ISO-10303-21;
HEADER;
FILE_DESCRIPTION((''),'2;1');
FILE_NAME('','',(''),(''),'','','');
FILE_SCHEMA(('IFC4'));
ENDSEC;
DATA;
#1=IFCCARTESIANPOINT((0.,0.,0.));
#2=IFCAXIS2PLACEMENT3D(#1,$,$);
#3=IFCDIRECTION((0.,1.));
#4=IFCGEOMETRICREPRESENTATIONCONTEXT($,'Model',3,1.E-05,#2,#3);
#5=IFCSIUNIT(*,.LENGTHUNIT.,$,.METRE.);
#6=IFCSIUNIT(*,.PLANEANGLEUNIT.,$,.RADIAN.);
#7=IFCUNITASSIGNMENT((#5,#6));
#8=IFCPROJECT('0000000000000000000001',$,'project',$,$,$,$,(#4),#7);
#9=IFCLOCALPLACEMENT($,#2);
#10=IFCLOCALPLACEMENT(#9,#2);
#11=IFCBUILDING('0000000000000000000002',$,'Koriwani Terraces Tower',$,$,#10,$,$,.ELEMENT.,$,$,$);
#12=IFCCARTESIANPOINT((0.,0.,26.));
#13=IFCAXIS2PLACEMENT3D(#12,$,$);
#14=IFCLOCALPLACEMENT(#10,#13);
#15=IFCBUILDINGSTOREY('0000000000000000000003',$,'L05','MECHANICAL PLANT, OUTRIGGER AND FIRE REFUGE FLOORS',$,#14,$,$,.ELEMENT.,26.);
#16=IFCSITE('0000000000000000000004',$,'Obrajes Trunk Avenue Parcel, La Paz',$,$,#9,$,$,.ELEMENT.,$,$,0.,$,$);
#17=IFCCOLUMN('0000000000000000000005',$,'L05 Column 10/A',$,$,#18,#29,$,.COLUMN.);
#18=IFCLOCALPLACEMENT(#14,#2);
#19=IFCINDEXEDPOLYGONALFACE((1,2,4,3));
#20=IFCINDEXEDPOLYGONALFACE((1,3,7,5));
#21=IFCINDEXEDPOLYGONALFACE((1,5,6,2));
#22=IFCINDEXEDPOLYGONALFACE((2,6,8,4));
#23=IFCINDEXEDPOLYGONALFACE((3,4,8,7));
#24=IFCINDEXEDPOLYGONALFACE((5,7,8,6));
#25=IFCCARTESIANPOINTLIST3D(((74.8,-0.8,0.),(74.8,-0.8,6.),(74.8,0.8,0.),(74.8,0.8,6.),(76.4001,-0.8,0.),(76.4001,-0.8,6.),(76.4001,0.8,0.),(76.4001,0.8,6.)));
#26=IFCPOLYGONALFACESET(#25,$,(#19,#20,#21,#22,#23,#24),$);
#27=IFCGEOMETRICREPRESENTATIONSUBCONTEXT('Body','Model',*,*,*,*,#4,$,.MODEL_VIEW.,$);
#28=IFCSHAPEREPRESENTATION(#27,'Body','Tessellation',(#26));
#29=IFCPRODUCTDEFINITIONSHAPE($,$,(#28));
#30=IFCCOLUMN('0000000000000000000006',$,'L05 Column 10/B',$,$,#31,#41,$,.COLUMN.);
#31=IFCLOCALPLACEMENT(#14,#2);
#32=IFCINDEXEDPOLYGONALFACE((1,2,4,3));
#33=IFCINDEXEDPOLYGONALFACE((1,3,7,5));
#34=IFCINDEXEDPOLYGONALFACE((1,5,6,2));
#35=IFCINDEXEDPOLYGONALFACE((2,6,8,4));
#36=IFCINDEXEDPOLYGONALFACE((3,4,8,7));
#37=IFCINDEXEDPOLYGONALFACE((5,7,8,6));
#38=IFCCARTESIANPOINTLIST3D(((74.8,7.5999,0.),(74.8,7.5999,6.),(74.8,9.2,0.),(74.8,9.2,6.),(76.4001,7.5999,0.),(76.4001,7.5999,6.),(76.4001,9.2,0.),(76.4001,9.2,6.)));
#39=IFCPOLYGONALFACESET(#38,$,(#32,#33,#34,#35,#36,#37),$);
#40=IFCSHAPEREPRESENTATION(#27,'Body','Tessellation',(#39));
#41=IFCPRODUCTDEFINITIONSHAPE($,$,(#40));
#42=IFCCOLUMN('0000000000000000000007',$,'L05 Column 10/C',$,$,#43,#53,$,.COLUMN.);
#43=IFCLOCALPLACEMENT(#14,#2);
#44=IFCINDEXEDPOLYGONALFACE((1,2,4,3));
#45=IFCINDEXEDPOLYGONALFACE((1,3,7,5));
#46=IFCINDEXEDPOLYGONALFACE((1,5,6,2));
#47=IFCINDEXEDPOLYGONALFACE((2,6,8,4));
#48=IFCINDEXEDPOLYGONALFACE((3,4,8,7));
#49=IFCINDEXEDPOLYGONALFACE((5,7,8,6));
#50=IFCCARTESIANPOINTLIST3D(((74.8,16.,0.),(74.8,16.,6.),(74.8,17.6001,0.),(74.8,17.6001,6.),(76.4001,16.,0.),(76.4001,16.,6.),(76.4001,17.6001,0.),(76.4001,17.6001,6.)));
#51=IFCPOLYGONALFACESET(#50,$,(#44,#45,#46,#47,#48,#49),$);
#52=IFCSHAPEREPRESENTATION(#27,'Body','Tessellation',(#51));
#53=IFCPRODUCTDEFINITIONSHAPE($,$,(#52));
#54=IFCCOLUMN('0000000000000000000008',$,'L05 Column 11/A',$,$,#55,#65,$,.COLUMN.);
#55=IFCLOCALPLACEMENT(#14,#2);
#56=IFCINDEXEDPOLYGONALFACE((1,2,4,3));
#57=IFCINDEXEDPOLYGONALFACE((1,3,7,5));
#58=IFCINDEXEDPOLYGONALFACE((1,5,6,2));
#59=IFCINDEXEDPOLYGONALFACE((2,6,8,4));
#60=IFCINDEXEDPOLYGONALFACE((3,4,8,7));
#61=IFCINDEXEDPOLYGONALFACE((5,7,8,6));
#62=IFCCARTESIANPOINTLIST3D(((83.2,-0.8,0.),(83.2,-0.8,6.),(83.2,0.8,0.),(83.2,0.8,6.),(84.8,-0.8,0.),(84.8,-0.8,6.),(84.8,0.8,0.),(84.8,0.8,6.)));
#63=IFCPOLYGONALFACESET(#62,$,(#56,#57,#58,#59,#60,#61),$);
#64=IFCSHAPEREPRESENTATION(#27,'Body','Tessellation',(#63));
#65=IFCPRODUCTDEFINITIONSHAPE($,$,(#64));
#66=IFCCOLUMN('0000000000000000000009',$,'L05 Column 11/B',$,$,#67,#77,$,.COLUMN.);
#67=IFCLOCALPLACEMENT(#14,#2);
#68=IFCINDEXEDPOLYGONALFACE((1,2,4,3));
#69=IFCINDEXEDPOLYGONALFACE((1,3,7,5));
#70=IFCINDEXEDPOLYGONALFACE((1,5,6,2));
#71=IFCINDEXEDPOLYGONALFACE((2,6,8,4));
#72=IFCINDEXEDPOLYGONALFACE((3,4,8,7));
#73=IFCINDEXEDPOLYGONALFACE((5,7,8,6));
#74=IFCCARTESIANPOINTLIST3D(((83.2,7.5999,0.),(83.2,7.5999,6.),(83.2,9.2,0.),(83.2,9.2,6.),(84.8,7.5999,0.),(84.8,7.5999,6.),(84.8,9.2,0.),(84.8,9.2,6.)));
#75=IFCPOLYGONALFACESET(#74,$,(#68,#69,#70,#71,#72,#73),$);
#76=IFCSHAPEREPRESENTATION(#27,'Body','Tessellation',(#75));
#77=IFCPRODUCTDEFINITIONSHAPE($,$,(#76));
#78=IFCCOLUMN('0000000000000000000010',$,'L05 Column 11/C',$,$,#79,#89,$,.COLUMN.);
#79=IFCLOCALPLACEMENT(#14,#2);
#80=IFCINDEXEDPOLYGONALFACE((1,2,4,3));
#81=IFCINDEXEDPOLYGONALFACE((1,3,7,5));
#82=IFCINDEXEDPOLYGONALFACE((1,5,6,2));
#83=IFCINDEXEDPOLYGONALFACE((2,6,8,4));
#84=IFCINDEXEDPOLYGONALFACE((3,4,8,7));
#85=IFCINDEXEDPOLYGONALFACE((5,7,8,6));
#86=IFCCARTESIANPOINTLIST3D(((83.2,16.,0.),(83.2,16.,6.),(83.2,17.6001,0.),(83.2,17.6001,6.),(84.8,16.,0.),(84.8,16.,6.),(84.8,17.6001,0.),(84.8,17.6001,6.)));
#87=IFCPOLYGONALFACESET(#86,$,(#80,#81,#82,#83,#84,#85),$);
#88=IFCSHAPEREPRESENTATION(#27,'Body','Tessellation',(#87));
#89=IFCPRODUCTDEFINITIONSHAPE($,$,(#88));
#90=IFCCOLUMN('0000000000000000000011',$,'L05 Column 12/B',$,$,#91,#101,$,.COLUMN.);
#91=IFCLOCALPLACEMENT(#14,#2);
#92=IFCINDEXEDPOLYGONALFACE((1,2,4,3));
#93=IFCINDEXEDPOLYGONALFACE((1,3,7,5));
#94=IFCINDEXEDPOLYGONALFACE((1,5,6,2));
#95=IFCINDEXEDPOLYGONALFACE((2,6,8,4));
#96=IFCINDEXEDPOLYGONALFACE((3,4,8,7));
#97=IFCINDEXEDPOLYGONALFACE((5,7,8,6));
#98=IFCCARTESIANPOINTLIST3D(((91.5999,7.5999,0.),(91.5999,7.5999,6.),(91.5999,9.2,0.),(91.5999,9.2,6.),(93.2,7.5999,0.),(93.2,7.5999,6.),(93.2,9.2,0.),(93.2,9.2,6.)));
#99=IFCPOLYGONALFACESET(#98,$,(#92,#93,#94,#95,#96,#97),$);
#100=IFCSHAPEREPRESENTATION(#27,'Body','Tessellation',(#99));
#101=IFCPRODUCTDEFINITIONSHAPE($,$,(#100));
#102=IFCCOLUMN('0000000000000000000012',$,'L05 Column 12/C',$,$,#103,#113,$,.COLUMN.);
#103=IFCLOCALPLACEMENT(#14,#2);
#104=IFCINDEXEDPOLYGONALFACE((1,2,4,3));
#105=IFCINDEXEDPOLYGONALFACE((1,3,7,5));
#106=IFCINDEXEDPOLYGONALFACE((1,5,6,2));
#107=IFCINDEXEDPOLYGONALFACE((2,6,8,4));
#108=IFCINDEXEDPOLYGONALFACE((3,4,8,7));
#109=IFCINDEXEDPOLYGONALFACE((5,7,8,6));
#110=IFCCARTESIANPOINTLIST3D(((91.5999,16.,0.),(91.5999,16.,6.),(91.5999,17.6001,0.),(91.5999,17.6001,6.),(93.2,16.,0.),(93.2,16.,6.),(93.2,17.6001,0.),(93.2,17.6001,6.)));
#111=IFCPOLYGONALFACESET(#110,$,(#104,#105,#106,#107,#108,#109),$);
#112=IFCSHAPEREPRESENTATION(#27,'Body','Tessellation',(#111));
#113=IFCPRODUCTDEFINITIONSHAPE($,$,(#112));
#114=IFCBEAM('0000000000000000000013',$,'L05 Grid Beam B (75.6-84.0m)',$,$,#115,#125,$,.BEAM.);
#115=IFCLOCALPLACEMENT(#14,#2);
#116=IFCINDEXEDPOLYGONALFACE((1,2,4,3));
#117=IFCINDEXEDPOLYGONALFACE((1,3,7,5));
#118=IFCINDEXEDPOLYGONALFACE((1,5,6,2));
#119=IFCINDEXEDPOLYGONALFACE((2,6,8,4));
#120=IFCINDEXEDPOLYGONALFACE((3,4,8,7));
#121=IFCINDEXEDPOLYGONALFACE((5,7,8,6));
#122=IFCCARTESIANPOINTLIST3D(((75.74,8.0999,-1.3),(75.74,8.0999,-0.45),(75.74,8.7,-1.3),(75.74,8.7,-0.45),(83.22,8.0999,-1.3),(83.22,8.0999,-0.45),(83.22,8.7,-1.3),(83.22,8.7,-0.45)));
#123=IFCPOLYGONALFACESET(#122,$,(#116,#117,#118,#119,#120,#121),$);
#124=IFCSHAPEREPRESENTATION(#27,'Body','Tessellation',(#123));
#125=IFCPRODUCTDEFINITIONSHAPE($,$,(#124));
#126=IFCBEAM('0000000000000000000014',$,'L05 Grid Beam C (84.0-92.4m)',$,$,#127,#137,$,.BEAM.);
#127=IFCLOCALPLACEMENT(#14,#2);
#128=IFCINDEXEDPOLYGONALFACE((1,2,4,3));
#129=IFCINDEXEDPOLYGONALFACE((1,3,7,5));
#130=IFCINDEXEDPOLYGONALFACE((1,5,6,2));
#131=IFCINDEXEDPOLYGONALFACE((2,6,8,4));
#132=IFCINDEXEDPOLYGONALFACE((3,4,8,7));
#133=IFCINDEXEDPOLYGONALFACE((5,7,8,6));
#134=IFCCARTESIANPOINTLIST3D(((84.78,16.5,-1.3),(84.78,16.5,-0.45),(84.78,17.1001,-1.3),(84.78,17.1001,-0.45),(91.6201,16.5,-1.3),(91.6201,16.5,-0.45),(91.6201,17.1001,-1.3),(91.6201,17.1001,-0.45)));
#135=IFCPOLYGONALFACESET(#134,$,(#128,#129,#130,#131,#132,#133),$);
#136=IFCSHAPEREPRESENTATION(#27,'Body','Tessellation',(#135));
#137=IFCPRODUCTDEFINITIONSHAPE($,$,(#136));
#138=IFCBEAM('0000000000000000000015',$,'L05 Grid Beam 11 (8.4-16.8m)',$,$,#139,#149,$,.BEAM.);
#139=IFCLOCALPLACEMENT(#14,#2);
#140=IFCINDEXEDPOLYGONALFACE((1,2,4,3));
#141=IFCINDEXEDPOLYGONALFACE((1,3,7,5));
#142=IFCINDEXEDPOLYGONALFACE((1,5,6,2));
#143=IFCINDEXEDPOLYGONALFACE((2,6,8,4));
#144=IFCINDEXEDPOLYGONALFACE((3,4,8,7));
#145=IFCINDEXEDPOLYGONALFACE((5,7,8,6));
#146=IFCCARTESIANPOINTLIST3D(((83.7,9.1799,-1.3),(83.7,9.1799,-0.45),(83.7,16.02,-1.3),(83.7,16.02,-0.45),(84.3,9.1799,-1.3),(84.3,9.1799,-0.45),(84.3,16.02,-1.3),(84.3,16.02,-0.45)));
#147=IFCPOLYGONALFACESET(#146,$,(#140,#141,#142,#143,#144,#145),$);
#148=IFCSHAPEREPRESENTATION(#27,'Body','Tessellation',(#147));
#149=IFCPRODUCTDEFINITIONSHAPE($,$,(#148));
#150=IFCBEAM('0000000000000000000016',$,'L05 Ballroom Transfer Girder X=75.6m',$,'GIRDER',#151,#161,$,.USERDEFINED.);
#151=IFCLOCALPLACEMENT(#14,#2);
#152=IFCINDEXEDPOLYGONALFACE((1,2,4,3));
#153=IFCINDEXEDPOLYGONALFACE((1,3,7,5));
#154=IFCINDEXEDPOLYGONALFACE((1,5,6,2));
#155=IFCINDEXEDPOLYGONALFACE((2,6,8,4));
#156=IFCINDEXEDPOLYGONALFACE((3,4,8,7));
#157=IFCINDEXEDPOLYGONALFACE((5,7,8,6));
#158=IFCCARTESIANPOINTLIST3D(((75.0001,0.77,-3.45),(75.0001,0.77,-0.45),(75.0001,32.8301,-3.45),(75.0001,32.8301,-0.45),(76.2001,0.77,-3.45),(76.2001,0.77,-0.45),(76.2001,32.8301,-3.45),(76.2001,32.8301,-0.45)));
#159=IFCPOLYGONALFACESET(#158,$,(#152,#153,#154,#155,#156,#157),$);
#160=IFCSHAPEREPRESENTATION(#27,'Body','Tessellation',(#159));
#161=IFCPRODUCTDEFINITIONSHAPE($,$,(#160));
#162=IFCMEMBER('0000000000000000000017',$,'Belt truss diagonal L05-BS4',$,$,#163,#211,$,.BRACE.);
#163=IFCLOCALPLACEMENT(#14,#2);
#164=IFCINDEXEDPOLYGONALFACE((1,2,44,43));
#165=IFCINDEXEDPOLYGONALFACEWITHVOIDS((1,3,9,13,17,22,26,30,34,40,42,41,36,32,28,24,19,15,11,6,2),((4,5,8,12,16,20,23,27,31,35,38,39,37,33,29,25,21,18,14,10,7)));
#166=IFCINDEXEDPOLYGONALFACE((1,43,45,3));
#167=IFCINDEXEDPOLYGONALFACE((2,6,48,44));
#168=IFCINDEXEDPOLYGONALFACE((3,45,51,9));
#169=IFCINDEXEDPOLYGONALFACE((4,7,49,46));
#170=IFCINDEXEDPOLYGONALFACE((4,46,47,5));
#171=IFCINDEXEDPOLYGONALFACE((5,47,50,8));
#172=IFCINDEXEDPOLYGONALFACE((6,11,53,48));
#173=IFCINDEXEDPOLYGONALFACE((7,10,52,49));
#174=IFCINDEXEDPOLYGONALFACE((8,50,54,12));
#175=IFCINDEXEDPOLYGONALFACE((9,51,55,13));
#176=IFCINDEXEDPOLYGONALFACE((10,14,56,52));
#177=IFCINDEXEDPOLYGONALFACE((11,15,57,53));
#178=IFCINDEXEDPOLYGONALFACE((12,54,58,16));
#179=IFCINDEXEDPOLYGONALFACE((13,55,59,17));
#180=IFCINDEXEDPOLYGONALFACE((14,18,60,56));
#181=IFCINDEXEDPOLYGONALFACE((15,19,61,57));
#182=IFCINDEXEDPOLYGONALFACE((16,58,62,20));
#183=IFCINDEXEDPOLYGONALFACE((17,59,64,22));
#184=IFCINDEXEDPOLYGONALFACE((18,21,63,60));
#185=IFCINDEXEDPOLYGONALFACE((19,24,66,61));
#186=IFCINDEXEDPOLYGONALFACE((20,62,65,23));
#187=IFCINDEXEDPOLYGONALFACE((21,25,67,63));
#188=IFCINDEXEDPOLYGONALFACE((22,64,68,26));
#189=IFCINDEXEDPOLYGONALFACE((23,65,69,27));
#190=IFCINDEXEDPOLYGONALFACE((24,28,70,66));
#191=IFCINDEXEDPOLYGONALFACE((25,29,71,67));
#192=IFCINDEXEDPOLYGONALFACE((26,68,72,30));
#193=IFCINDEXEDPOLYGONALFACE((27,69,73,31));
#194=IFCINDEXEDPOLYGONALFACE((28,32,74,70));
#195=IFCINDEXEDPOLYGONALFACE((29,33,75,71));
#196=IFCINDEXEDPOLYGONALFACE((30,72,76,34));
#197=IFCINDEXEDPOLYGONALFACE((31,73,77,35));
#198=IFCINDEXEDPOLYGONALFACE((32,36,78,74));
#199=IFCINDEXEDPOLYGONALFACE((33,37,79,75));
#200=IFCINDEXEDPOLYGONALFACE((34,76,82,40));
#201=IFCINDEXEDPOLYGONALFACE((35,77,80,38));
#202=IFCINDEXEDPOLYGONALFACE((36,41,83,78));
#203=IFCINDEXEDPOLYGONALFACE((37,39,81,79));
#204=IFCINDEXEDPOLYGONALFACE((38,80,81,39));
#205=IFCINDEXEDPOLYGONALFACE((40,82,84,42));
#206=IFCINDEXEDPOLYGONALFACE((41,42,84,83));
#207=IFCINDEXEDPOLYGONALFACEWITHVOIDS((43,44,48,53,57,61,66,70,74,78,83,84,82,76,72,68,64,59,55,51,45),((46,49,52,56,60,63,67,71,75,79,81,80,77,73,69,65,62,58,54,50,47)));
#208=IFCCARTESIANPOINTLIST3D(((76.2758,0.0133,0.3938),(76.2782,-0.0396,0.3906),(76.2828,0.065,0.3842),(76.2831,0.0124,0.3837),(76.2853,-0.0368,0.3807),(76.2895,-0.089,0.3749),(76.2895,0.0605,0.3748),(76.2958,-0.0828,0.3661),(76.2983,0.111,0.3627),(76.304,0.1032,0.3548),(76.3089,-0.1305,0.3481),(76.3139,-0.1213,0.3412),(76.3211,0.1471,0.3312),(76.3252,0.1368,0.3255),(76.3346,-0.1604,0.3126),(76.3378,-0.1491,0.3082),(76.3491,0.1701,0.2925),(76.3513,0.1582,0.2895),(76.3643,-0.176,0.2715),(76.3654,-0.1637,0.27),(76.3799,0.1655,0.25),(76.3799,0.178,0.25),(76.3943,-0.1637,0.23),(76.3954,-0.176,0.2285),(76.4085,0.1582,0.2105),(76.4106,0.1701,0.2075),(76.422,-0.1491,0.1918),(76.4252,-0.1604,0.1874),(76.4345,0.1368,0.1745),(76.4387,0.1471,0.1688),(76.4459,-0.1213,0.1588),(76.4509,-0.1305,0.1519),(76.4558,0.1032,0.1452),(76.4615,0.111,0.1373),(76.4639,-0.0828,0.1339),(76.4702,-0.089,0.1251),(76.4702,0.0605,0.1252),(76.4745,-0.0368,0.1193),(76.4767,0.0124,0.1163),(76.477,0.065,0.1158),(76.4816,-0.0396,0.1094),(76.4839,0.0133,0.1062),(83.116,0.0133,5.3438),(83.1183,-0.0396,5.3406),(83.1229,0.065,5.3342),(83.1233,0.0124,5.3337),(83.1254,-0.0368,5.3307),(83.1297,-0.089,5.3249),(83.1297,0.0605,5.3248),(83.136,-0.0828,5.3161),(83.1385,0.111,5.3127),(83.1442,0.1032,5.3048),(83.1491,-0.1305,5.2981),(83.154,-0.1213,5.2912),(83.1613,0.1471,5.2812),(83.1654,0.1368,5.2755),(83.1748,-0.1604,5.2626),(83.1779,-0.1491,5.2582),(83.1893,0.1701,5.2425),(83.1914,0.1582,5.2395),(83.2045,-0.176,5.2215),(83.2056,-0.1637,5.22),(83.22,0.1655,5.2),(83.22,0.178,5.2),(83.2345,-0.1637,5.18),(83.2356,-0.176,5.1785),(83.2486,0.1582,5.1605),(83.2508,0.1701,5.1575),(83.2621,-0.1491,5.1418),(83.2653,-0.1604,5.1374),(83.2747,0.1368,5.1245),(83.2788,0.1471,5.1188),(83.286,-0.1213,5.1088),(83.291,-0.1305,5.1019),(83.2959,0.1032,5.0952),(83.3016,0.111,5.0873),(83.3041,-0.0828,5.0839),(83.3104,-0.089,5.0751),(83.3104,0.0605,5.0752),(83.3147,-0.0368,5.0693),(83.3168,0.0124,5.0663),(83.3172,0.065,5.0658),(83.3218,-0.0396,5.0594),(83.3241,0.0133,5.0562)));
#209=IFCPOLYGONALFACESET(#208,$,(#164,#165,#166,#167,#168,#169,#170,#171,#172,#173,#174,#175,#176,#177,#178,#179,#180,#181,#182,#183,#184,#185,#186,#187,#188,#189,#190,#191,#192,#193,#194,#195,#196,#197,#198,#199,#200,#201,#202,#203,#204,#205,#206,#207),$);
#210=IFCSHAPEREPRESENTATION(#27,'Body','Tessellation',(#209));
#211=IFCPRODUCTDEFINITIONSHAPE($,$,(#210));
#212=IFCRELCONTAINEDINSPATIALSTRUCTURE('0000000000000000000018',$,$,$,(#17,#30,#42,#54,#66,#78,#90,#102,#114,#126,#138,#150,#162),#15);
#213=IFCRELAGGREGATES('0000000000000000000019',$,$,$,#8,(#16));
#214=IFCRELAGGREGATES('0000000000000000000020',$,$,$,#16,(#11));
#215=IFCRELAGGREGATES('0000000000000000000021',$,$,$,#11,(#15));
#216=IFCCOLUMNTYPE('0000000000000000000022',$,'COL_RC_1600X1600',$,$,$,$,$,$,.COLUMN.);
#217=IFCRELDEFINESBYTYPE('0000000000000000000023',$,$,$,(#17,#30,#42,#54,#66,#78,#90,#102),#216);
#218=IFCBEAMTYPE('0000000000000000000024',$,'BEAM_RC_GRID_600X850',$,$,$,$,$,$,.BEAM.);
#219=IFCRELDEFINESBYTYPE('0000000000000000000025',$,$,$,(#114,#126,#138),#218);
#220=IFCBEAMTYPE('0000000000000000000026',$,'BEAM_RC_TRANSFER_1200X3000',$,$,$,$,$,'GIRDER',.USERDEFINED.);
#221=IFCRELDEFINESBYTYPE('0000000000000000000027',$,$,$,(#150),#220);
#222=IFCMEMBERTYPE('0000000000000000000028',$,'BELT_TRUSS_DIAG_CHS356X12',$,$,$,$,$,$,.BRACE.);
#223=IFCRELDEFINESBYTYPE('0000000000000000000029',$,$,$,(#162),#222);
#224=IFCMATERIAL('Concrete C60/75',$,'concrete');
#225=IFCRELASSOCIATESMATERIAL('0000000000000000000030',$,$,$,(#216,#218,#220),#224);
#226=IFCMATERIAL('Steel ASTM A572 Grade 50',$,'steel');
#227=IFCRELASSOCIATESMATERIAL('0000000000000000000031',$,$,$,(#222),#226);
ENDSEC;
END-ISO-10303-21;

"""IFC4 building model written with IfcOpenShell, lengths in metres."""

from ifc_helpers import new_model, si_unit, direction, frame, origin, origin_2d, place, context, subcontext, project, spatial, rectangle, hollow_circle, extrude, material, material_profile, profile_set, type_object, element, save


model = new_model("IFC4")

# Units and contexts
model_context = context("Model", 3, precision=1e-05, world=origin(), true_north=direction((0.0, 1.0)))
body_context = subcontext(model_context, "Body", "Model", "MODEL_VIEW")
ifc_project = project(units=[si_unit("LENGTHUNIT", "METRE"), si_unit("PLANEANGLEUNIT", "RADIAN")], contexts=[model_context])

# Site, building, storey
site_placement = place(None, origin())
site = spatial("IfcSite", under=ifc_project, at=site_placement, Name="Obrajes Trunk Avenue Parcel, La Paz", CompositionType="ELEMENT", RefElevation=0.0)
building_placement = place(site_placement, origin())
building = spatial("IfcBuilding", under=site, at=building_placement, Name="Koriwani Terraces Tower", CompositionType="ELEMENT")
storey_placement = place(building_placement, frame((0.0, 0.0, 26.0)))
storey = spatial("IfcBuildingStorey", under=building, at=storey_placement, Name="L05", Description="MECHANICAL PLANT, OUTRIGGER AND FIRE REFUGE FLOORS", CompositionType="ELEMENT", Elevation=26.0)

# Columns
ifc_material_1 = material(Name="Concrete C60/75", Category="concrete")
ifc_material_profile_1 = material_profile(ifc_material_1, rectangle(XDim=1.6001, YDim=1.6001, at=origin_2d()), Name="Concrete C60/75", Category="LoadBearing")
ifc_profile_set_1 = profile_set([ifc_material_profile_1], Name="Concrete C60/75")
column_type = type_object("IfcColumnType", Name="COL_RC_1600X1600", PredefinedType="COLUMN", material=ifc_profile_set_1)
for number, where, z_axis, x_axis, name in (
    (1, (75.6001, 0.0, 0.0), (0.0, 0.0, 1.0), (1.0, 0.0, 0.0), "L05 Column 10/A"),
    (2, (75.6001, 8.3999, 0.0), (0.0, 0.0, 1.0), (1.0, 0.0, 0.0), "L05 Column 10/B"),
    (3, (75.6001, 16.8, 0.0), (0.0, 0.0, 1.0), (1.0, 0.0, 0.0), "L05 Column 10/C"),
    (4, (84.0, 0.0, 0.0), (0.0, 0.0, 1.0), (1.0, 0.0, 0.0), "L05 Column 11/A"),
    (5, (84.0, 8.3999, 0.0), (0.0, 0.0, 1.0), (1.0, 0.0, 0.0), "L05 Column 11/B"),
    (6, (84.0, 16.8, 0.0), (0.0, 0.0, 1.0), (1.0, 0.0, 0.0), "L05 Column 11/C"),
    (7, (92.3999, 8.3999, 0.0), (0.0, 0.0, 1.0), (1.0, 0.0, 0.0), "L05 Column 12/B"),
    (8, (92.3999, 16.8, 0.0), (0.0, 0.0, 1.0), (1.0, 0.0, 0.0), "L05 Column 12/C"),
):
    element("IfcColumn", number, at=place(storey_placement, frame(where, z_axis=z_axis, x_axis=x_axis)), inside=storey, type_object=column_type, Name=name, PredefinedType="COLUMN", context=body_context, shape_type="SweptSolid", body=[
        extrude(rectangle(XDim=1.6001, YDim=1.6001, at=origin_2d()), origin(), (0.0, 0.0, 1.0), 6.0),
    ])

# Beams
ifc_material_profile_2 = material_profile(ifc_material_1, rectangle(XDim=0.6001, YDim=0.8501, at=origin_2d()), Name="Concrete C60/75", Category="LoadBearing")
ifc_profile_set_2 = profile_set([ifc_material_profile_2], Name="Concrete C60/75")
beam_type_1 = type_object("IfcBeamType", Name="BEAM_RC_GRID_600X850", PredefinedType="BEAM", material=ifc_profile_set_2)
beam_1_placement = place(storey_placement, frame((75.74, 8.3999, -0.875), z_axis=(1.0, 0.0, 0.0), x_axis=(0.0, 1.0, 0.0)))
element("IfcBeam", 9, at=beam_1_placement, inside=storey, type_object=beam_type_1, Name="L05 Grid Beam B (75.6-84.0m)", PredefinedType="BEAM", context=body_context, shape_type="SweptSolid", body=[
    extrude(rectangle(XDim=0.6001, YDim=0.8501, at=origin_2d()), origin(), (0.0, 0.0, 1.0), 7.48),
])
for number, where, z_axis, x_axis, name in (
    (10, (84.78, 16.8, -0.875), (1.0, 0.0, 0.0), (0.0, 1.0, 0.0), "L05 Grid Beam C (84.0-92.4m)"),
    (11, (84.0, 9.1799, -0.875), (0.0, 1.0, 0.0), (-1.0, 0.0, 0.0), "L05 Grid Beam 11 (8.4-16.8m)"),
):
    element("IfcBeam", number, at=place(storey_placement, frame(where, z_axis=z_axis, x_axis=x_axis)), inside=storey, type_object=beam_type_1, Name=name, PredefinedType="BEAM", context=body_context, shape_type="SweptSolid", body=[
        extrude(rectangle(XDim=0.6001, YDim=0.8501, at=origin_2d()), origin(), (0.0, 0.0, 1.0), 6.8401),
    ])
ifc_material_profile_3 = material_profile(ifc_material_1, rectangle(XDim=1.2, YDim=3.0, at=origin_2d()), Name="Concrete C60/75", Category="LoadBearing")
ifc_profile_set_3 = profile_set([ifc_material_profile_3], Name="Concrete C60/75")
beam_type_2 = type_object("IfcBeamType", Name="BEAM_RC_TRANSFER_1200X3000", ElementType="GIRDER", PredefinedType="USERDEFINED", material=ifc_profile_set_3)
beam_2_placement = place(storey_placement, frame((75.6001, 0.77, -1.95), z_axis=(0.0, 1.0, 0.0), x_axis=(-1.0, 0.0, 0.0)))
element("IfcBeam", 12, at=beam_2_placement, inside=storey, type_object=beam_type_2, Name="L05 Ballroom Transfer Girder X=75.6m", ObjectType="GIRDER", PredefinedType="USERDEFINED", context=body_context, shape_type="SweptSolid", body=[
    extrude(rectangle(XDim=1.2, YDim=3.0, at=origin_2d()), origin(), (0.0, 0.0, 1.0), 32.0601),
])

# Member
ifc_material_2 = material(Name="Steel ASTM A572 Grade 50", Category="steel")
ifc_material_profile_4 = material_profile(ifc_material_2, hollow_circle(Radius=0.178, WallThickness=0.0125, at=origin_2d()), Name="Steel ASTM A572 Grade 50", Category="LoadBearing")
ifc_profile_set_4 = profile_set([ifc_material_profile_4], Name="Steel ASTM A572 Grade 50")
member_type_1 = type_object("IfcMemberType", Name="BELT_TRUSS_DIAG_CHS356X12", PredefinedType="BRACE", material=ifc_profile_set_4)
member_1_placement = place(storey_placement, frame((76.3799, 0.0, 0.25), z_axis=(0.810123, 0.0, 0.58626), x_axis=(0.0, 1.0, 0.0)))
element("IfcMember", 13, at=member_1_placement, inside=storey, type_object=member_type_1, Name="Belt truss diagonal L05-BS4", PredefinedType="BRACE", context=body_context, shape_type="SweptSolid", body=[
    extrude(hollow_circle(Radius=0.178, WallThickness=0.0125, at=origin_2d()), origin(), (0.0, 0.0, 1.0), 8.4434),
])

save(model, "model.ifc")
